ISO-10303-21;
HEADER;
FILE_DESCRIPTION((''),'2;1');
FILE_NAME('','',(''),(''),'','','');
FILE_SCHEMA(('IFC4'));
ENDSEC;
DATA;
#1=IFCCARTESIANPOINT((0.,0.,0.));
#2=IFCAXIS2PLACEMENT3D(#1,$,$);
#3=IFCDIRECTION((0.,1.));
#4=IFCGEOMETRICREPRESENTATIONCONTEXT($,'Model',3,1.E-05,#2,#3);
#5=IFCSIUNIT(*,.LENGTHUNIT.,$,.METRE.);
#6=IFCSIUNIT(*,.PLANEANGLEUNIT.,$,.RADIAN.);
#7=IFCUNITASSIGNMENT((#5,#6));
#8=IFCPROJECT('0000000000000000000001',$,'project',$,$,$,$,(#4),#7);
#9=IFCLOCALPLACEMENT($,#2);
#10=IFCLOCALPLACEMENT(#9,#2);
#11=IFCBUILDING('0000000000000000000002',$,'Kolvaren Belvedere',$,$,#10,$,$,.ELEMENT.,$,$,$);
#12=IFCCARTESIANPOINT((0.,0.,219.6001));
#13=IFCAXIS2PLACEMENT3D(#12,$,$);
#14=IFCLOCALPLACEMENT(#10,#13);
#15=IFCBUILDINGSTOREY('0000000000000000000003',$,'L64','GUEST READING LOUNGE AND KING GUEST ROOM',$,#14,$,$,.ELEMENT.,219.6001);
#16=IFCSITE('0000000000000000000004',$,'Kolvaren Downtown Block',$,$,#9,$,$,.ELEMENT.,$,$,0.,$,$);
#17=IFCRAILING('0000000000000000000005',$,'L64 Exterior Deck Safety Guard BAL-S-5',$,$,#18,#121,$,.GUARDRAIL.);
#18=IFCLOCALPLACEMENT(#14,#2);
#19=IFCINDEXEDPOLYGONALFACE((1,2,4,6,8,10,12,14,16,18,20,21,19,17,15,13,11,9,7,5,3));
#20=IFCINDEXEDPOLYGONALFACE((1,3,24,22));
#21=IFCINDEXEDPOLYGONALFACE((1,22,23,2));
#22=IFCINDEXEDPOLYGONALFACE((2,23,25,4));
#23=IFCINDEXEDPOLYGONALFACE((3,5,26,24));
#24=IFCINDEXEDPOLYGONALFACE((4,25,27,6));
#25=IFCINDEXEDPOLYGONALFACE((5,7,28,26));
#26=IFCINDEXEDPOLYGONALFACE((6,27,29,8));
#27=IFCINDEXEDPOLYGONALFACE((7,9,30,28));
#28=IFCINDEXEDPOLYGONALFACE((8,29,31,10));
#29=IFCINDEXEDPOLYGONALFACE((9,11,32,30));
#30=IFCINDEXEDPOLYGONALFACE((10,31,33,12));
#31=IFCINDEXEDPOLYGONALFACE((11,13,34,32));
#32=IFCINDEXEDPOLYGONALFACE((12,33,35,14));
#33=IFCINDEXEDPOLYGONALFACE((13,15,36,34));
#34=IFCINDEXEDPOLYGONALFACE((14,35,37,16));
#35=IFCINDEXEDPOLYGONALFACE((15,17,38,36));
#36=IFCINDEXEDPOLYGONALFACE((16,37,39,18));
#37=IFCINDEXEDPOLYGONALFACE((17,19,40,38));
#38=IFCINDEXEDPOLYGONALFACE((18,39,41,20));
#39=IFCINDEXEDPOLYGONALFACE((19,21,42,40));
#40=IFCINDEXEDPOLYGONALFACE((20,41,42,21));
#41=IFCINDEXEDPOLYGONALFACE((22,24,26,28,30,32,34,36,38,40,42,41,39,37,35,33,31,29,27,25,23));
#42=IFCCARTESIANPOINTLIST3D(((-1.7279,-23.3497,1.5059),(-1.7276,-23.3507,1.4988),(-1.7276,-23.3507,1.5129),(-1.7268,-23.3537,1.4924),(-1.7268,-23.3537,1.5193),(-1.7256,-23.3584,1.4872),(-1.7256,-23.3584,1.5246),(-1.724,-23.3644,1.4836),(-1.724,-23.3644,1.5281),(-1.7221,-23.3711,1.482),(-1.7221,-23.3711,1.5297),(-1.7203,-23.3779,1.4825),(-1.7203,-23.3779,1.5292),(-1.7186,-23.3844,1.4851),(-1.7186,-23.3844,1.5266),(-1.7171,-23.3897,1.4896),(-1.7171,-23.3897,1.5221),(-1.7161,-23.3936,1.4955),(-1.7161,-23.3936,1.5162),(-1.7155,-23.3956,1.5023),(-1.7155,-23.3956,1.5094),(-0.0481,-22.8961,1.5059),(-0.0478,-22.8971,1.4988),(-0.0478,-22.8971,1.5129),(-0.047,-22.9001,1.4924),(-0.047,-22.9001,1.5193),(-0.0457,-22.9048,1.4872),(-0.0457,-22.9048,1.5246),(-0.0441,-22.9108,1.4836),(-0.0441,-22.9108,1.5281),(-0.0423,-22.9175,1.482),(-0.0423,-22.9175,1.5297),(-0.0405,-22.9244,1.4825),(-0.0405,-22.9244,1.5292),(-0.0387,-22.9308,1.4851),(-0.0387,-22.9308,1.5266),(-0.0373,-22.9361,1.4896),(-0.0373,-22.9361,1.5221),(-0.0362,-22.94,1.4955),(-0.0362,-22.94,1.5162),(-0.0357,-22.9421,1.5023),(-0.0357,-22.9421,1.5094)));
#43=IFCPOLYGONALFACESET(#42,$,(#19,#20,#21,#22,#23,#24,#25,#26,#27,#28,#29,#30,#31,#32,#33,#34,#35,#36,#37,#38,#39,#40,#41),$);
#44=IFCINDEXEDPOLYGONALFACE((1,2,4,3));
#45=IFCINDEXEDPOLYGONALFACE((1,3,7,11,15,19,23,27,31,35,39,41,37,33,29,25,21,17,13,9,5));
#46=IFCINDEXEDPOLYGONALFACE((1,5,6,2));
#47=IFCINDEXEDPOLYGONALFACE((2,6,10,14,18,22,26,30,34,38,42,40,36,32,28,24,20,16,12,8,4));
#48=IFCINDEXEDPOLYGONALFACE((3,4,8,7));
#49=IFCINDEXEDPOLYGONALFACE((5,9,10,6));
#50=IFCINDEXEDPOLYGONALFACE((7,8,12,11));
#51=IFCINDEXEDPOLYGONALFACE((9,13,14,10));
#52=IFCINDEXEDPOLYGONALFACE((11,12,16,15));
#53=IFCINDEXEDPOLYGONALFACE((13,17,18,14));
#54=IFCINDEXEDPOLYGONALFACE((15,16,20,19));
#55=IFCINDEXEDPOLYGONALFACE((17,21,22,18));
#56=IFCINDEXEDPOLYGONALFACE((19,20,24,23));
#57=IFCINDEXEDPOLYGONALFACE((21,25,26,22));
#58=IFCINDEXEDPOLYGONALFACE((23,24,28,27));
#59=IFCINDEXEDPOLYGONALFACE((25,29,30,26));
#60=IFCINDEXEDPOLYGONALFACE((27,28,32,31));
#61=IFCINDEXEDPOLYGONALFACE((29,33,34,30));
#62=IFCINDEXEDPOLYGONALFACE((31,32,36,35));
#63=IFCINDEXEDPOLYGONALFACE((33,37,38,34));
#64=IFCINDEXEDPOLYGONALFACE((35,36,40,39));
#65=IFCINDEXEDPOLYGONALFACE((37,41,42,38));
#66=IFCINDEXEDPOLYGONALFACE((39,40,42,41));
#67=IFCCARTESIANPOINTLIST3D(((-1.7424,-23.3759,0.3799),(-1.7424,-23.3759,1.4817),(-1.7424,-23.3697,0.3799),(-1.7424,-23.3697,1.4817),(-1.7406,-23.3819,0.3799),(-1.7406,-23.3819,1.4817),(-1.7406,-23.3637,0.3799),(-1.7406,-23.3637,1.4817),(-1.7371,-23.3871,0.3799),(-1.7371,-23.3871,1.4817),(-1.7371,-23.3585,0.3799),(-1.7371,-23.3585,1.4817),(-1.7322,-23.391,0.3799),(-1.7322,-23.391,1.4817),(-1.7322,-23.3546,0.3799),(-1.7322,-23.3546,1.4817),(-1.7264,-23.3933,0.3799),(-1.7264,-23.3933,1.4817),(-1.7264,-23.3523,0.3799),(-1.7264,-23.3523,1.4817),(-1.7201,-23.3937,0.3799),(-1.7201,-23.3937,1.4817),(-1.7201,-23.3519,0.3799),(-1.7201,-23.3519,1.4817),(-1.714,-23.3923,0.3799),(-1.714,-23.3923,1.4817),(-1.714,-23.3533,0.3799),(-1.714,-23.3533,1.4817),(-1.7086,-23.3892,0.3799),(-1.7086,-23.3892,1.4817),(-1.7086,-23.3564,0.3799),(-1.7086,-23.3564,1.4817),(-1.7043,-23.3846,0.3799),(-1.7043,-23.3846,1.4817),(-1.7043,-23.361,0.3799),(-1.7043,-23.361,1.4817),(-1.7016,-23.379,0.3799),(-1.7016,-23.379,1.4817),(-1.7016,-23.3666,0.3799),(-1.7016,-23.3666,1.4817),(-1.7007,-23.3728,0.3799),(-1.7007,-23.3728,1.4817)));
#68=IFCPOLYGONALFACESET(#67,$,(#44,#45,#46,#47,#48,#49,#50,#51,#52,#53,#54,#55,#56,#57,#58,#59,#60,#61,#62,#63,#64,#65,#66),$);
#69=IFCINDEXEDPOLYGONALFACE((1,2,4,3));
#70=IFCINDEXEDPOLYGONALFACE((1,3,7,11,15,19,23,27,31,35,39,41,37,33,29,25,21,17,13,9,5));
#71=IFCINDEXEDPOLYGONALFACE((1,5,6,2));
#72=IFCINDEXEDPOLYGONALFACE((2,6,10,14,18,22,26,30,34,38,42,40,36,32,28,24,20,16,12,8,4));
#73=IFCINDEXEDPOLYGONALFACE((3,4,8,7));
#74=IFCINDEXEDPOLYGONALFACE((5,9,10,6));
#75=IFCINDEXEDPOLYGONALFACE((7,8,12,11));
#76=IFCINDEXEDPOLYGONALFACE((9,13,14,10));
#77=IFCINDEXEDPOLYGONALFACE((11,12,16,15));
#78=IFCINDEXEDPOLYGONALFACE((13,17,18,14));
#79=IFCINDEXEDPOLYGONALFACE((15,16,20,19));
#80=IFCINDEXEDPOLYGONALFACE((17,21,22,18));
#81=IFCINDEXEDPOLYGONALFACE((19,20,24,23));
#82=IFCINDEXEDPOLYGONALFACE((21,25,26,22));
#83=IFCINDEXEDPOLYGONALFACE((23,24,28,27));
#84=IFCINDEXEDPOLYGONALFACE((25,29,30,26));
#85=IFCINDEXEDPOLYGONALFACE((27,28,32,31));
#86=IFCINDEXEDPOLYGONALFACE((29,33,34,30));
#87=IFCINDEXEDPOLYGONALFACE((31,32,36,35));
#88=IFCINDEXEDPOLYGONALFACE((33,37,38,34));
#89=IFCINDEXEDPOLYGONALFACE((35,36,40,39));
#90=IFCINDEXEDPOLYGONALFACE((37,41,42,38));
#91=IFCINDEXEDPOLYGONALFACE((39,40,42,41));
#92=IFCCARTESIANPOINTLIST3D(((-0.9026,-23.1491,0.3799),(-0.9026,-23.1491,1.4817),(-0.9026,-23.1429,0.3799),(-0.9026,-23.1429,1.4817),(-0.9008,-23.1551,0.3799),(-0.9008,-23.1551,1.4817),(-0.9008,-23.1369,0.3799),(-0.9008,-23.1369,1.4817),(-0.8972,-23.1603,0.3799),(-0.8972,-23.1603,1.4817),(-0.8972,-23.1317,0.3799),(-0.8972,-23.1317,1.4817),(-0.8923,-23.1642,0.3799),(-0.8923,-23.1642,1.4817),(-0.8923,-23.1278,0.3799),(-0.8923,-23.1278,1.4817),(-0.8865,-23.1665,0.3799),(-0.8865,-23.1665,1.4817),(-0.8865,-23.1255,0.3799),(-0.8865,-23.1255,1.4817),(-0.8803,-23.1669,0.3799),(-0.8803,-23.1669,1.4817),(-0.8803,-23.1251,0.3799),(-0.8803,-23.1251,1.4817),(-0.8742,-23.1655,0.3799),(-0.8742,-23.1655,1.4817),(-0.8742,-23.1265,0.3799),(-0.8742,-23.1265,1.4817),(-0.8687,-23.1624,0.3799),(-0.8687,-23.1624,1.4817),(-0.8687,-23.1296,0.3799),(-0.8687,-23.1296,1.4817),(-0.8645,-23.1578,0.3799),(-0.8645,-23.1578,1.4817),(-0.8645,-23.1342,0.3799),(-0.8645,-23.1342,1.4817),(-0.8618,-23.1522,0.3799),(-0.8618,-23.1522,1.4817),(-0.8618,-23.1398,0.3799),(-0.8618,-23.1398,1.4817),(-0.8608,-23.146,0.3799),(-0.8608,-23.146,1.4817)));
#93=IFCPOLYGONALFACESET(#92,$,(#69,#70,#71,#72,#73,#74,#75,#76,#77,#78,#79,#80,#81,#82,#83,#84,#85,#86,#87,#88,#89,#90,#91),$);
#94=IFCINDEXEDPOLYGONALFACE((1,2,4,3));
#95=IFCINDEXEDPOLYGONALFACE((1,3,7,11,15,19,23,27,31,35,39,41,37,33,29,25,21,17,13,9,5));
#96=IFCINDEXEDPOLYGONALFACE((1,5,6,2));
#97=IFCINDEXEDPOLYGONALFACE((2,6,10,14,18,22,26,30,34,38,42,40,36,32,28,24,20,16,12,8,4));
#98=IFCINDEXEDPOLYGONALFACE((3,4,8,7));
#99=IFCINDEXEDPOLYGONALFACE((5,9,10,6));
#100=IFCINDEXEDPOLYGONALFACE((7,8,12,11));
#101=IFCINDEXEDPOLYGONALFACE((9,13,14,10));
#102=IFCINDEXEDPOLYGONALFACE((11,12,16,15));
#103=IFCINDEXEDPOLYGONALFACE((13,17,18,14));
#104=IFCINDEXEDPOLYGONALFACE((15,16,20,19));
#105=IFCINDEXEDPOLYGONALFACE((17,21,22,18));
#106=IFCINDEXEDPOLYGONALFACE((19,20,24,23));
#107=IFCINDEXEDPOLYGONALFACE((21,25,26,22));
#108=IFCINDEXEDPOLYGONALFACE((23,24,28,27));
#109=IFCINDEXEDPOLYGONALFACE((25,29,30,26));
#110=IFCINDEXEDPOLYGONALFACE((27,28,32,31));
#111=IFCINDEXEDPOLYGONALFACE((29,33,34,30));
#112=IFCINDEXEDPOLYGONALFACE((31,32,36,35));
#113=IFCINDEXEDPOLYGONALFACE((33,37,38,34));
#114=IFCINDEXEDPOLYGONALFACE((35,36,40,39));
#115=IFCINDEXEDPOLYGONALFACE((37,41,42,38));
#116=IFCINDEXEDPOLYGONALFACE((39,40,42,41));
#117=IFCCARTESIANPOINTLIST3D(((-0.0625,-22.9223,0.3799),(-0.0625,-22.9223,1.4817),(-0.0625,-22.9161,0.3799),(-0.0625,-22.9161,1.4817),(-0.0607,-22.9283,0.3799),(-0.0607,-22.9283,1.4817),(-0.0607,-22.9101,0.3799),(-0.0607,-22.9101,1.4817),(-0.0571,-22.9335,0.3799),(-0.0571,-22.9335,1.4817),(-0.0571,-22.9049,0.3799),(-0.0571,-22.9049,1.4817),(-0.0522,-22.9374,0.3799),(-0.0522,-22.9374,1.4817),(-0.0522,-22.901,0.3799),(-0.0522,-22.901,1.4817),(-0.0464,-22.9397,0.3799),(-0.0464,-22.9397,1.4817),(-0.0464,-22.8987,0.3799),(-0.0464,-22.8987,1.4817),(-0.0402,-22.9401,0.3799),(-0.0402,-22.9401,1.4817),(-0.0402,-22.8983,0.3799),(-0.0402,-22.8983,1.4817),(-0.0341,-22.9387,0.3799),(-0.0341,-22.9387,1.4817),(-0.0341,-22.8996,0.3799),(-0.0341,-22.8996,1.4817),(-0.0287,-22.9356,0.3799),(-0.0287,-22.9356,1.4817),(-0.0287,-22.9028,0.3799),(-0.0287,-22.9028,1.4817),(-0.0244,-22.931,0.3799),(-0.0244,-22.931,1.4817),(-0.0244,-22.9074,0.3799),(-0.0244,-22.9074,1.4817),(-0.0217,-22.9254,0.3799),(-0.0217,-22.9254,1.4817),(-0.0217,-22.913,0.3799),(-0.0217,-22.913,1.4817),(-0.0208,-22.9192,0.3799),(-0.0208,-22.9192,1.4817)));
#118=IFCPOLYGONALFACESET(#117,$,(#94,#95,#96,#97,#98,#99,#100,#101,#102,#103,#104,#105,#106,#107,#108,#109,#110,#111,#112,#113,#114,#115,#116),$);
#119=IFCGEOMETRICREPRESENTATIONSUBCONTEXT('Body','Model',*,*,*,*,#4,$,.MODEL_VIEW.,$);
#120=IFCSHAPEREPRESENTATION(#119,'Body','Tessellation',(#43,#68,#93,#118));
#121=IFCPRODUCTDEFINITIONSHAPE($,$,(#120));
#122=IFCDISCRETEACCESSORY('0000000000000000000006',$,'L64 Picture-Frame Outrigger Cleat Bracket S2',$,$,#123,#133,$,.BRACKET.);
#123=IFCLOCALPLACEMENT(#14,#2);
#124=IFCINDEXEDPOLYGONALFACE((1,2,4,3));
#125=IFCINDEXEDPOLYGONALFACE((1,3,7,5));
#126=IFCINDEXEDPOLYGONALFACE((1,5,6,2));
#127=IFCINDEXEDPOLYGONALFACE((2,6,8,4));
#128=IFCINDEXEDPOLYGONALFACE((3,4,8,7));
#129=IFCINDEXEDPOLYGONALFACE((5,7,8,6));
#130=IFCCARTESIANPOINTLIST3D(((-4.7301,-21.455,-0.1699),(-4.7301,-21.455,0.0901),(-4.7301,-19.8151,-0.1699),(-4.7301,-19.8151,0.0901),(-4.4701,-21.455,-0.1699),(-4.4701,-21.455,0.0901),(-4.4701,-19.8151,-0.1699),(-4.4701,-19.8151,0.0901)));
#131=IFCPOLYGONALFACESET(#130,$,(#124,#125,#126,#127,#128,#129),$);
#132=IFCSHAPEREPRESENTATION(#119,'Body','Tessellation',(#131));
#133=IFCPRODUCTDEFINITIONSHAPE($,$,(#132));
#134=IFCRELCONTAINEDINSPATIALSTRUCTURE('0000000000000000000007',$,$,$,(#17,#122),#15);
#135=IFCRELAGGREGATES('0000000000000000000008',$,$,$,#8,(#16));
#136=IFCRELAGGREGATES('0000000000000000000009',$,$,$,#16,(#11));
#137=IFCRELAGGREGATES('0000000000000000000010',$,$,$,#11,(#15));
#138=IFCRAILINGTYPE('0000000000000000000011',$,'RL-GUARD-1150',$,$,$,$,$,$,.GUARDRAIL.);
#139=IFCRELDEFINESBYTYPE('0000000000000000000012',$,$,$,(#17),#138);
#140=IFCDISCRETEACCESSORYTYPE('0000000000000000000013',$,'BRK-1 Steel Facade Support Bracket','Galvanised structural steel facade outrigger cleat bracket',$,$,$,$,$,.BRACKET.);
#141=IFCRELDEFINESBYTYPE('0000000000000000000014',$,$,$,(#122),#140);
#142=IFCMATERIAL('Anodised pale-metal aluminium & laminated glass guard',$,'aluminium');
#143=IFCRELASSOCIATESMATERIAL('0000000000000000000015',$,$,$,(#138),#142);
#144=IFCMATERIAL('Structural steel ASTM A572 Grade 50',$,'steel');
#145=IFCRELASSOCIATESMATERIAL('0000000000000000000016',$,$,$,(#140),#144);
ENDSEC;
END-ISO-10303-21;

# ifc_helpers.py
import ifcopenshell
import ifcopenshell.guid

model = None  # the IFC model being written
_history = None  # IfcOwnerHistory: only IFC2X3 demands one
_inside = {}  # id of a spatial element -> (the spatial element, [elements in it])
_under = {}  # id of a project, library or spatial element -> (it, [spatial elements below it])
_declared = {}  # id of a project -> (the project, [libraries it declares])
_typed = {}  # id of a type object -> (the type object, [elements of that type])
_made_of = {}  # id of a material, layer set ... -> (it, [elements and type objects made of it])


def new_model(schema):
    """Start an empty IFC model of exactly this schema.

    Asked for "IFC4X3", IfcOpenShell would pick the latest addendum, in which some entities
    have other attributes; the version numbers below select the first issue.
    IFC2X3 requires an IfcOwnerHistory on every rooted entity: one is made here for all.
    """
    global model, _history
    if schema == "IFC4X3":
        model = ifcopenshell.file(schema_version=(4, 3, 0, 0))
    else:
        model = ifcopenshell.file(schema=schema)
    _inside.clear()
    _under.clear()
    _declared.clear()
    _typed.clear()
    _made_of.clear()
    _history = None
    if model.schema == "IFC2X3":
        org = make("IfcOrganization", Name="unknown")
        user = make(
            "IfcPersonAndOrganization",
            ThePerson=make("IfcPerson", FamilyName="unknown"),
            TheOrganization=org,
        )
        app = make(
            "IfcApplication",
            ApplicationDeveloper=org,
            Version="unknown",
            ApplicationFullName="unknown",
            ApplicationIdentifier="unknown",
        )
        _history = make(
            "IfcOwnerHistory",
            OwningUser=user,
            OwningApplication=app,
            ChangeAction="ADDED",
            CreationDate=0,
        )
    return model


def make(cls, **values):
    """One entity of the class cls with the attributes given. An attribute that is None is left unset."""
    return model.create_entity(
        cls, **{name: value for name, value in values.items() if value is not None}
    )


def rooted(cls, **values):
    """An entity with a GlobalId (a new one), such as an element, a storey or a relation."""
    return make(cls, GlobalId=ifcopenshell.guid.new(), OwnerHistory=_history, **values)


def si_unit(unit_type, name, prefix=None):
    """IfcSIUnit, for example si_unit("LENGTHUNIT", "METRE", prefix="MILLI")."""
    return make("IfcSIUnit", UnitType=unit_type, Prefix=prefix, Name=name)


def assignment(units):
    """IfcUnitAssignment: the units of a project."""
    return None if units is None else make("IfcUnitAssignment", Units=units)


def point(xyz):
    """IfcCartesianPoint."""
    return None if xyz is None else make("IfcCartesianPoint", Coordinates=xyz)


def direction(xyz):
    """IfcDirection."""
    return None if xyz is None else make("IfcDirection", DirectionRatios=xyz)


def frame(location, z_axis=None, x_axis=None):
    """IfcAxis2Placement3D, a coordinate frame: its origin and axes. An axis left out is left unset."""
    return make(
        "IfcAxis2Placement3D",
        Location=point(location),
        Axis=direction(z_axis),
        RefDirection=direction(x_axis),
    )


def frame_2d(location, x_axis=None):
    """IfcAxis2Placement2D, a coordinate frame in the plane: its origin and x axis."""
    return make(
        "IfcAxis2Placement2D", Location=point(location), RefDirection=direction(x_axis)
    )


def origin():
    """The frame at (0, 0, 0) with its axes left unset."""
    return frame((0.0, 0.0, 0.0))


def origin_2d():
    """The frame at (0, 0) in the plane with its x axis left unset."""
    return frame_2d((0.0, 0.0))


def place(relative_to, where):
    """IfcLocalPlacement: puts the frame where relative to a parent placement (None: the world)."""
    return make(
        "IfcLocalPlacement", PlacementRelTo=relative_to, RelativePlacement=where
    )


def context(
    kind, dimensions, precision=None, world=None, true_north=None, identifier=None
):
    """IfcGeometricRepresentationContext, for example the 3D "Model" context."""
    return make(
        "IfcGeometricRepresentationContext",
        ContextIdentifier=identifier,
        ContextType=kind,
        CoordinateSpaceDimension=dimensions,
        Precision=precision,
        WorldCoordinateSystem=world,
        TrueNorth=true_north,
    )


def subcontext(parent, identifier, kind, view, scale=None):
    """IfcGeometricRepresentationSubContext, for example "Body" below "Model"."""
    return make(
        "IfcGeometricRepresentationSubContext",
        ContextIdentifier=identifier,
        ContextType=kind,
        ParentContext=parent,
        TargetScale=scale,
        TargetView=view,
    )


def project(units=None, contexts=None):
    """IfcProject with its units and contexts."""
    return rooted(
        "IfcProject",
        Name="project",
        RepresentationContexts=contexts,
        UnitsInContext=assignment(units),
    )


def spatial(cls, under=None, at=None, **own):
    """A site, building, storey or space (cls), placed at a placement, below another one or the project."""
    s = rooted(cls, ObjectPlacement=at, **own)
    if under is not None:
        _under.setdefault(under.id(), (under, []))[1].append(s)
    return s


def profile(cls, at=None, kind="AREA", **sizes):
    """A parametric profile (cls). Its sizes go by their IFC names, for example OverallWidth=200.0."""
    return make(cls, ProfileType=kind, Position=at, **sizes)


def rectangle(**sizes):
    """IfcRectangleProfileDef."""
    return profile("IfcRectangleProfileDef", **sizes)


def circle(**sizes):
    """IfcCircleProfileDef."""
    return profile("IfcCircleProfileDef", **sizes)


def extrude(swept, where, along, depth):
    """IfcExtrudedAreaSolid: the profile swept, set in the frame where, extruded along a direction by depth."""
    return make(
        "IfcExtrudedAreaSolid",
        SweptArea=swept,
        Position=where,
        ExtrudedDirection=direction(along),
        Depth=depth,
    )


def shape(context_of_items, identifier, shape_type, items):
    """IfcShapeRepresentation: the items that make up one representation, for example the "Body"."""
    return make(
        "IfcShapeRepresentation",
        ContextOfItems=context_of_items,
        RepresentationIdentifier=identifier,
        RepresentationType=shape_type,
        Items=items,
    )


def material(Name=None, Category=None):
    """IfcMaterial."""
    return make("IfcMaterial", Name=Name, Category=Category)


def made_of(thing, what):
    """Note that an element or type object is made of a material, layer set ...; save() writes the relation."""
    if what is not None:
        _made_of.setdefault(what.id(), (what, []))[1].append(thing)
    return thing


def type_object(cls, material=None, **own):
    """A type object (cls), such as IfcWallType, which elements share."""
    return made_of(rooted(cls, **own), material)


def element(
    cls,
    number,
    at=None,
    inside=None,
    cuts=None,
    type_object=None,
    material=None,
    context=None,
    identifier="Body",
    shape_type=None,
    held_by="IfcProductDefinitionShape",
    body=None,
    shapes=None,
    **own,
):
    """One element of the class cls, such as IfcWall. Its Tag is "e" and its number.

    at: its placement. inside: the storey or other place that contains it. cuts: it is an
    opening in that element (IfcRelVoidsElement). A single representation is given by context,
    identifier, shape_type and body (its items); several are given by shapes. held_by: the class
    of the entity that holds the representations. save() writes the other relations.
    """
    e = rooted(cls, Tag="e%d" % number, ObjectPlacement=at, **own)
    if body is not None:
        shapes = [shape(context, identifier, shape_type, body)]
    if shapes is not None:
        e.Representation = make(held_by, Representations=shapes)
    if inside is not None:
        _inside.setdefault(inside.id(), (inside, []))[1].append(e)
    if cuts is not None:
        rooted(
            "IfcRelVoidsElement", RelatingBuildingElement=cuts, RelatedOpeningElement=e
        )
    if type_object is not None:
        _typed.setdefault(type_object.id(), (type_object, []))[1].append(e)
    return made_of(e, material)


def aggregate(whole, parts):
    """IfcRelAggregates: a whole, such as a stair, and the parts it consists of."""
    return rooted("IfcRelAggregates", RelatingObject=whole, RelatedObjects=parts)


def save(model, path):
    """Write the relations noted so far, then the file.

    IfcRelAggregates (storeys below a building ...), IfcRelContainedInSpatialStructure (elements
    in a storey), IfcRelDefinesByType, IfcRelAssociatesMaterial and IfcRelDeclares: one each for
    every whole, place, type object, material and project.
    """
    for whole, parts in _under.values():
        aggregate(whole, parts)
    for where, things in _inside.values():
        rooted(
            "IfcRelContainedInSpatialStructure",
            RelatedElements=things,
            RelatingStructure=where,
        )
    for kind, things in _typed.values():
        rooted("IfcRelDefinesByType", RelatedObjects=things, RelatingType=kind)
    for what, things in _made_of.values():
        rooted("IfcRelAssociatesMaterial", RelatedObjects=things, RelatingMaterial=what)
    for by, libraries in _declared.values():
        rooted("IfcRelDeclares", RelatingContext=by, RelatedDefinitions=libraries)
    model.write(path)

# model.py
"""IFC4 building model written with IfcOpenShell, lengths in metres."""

from ifc_helpers import new_model, si_unit, direction, frame, origin, origin_2d, place, context, subcontext, project, spatial, rectangle, circle, extrude, material, type_object, element, save


model = new_model("IFC4")

# Units and contexts
model_context = context("Model", 3, precision=1e-05, world=origin(), true_north=direction((0.0, 1.0)))
body_context = subcontext(model_context, "Body", "Model", "MODEL_VIEW")
ifc_project = project(units=[si_unit("LENGTHUNIT", "METRE"), si_unit("PLANEANGLEUNIT", "RADIAN")], contexts=[model_context])

# Site, building, storey
site_placement = place(None, origin())
site = spatial("IfcSite", under=ifc_project, at=site_placement, Name="Kolvaren Downtown Block", CompositionType="ELEMENT", RefElevation=0.0)
building_placement = place(site_placement, origin())
building = spatial("IfcBuilding", under=site, at=building_placement, Name="Kolvaren Belvedere", CompositionType="ELEMENT")
storey_placement = place(building_placement, frame((0.0, 0.0, 219.6001)))
storey = spatial("IfcBuildingStorey", under=building, at=storey_placement, Name="L64", Description="GUEST READING LOUNGE AND KING GUEST ROOM", CompositionType="ELEMENT", Elevation=219.6001)

# Railing
ifc_material_1 = material(Name="Anodised pale-metal aluminium & laminated glass guard", Category="aluminium")
railing_type = type_object("IfcRailingType", Name="RL-GUARD-1150", PredefinedType="GUARDRAIL", material=ifc_material_1)
railing_1_placement = place(storey_placement, frame((-1.7217, -23.3728, 0.3799)))
element("IfcRailing", 1, at=railing_1_placement, inside=storey, type_object=railing_type, Name="L64 Exterior Deck Safety Guard BAL-S-5", PredefinedType="GUARDRAIL", context=body_context, shape_type="SweptSolid", body=[
    extrude(circle(Radius=0.0239, at=origin_2d()), frame((0.0, 0.0, 1.126), z_axis=(0.965424, 0.260683, 0.0), x_axis=(-0.260683, 0.965424, 0.0)), (0.0, 0.0, 1.0), 1.74),
    extrude(circle(Radius=0.021, at=origin_2d()), origin(), (0.0, 0.0, 1.0), 1.1018),
    extrude(circle(Radius=0.021, at=origin_2d()), frame((0.8398, 0.2268, 0.0)), (0.0, 0.0, 1.0), 1.1018),
    extrude(circle(Radius=0.021, at=origin_2d()), frame((1.6799, 0.4536, 0.0)), (0.0, 0.0, 1.0), 1.1018),
])

# Discrete accessory
ifc_material_2 = material(Name="Structural steel ASTM A572 Grade 50", Category="steel")
discrete_accessory_type = type_object("IfcDiscreteAccessoryType", Name="BRK-1 Steel Facade Support Bracket", Description="Galvanised structural steel facade outrigger cleat bracket", PredefinedType="BRACKET", material=ifc_material_2)
discrete_accessory_placement = place(storey_placement, frame((-4.6001, -20.635, -0.1699), z_axis=(0.0, 0.0, 1.0), x_axis=(0.0, 1.0, 0.0)))
element("IfcDiscreteAccessory", 2, at=discrete_accessory_placement, inside=storey, type_object=discrete_accessory_type, Name="L64 Picture-Frame Outrigger Cleat Bracket S2", PredefinedType="BRACKET", context=body_context, shape_type="SweptSolid", body=[
    extrude(rectangle(XDim=1.6399, YDim=0.26, at=origin_2d()), origin(), (0.0, 0.0, 1.0), 0.26),
])

save(model, "model.ifc")
